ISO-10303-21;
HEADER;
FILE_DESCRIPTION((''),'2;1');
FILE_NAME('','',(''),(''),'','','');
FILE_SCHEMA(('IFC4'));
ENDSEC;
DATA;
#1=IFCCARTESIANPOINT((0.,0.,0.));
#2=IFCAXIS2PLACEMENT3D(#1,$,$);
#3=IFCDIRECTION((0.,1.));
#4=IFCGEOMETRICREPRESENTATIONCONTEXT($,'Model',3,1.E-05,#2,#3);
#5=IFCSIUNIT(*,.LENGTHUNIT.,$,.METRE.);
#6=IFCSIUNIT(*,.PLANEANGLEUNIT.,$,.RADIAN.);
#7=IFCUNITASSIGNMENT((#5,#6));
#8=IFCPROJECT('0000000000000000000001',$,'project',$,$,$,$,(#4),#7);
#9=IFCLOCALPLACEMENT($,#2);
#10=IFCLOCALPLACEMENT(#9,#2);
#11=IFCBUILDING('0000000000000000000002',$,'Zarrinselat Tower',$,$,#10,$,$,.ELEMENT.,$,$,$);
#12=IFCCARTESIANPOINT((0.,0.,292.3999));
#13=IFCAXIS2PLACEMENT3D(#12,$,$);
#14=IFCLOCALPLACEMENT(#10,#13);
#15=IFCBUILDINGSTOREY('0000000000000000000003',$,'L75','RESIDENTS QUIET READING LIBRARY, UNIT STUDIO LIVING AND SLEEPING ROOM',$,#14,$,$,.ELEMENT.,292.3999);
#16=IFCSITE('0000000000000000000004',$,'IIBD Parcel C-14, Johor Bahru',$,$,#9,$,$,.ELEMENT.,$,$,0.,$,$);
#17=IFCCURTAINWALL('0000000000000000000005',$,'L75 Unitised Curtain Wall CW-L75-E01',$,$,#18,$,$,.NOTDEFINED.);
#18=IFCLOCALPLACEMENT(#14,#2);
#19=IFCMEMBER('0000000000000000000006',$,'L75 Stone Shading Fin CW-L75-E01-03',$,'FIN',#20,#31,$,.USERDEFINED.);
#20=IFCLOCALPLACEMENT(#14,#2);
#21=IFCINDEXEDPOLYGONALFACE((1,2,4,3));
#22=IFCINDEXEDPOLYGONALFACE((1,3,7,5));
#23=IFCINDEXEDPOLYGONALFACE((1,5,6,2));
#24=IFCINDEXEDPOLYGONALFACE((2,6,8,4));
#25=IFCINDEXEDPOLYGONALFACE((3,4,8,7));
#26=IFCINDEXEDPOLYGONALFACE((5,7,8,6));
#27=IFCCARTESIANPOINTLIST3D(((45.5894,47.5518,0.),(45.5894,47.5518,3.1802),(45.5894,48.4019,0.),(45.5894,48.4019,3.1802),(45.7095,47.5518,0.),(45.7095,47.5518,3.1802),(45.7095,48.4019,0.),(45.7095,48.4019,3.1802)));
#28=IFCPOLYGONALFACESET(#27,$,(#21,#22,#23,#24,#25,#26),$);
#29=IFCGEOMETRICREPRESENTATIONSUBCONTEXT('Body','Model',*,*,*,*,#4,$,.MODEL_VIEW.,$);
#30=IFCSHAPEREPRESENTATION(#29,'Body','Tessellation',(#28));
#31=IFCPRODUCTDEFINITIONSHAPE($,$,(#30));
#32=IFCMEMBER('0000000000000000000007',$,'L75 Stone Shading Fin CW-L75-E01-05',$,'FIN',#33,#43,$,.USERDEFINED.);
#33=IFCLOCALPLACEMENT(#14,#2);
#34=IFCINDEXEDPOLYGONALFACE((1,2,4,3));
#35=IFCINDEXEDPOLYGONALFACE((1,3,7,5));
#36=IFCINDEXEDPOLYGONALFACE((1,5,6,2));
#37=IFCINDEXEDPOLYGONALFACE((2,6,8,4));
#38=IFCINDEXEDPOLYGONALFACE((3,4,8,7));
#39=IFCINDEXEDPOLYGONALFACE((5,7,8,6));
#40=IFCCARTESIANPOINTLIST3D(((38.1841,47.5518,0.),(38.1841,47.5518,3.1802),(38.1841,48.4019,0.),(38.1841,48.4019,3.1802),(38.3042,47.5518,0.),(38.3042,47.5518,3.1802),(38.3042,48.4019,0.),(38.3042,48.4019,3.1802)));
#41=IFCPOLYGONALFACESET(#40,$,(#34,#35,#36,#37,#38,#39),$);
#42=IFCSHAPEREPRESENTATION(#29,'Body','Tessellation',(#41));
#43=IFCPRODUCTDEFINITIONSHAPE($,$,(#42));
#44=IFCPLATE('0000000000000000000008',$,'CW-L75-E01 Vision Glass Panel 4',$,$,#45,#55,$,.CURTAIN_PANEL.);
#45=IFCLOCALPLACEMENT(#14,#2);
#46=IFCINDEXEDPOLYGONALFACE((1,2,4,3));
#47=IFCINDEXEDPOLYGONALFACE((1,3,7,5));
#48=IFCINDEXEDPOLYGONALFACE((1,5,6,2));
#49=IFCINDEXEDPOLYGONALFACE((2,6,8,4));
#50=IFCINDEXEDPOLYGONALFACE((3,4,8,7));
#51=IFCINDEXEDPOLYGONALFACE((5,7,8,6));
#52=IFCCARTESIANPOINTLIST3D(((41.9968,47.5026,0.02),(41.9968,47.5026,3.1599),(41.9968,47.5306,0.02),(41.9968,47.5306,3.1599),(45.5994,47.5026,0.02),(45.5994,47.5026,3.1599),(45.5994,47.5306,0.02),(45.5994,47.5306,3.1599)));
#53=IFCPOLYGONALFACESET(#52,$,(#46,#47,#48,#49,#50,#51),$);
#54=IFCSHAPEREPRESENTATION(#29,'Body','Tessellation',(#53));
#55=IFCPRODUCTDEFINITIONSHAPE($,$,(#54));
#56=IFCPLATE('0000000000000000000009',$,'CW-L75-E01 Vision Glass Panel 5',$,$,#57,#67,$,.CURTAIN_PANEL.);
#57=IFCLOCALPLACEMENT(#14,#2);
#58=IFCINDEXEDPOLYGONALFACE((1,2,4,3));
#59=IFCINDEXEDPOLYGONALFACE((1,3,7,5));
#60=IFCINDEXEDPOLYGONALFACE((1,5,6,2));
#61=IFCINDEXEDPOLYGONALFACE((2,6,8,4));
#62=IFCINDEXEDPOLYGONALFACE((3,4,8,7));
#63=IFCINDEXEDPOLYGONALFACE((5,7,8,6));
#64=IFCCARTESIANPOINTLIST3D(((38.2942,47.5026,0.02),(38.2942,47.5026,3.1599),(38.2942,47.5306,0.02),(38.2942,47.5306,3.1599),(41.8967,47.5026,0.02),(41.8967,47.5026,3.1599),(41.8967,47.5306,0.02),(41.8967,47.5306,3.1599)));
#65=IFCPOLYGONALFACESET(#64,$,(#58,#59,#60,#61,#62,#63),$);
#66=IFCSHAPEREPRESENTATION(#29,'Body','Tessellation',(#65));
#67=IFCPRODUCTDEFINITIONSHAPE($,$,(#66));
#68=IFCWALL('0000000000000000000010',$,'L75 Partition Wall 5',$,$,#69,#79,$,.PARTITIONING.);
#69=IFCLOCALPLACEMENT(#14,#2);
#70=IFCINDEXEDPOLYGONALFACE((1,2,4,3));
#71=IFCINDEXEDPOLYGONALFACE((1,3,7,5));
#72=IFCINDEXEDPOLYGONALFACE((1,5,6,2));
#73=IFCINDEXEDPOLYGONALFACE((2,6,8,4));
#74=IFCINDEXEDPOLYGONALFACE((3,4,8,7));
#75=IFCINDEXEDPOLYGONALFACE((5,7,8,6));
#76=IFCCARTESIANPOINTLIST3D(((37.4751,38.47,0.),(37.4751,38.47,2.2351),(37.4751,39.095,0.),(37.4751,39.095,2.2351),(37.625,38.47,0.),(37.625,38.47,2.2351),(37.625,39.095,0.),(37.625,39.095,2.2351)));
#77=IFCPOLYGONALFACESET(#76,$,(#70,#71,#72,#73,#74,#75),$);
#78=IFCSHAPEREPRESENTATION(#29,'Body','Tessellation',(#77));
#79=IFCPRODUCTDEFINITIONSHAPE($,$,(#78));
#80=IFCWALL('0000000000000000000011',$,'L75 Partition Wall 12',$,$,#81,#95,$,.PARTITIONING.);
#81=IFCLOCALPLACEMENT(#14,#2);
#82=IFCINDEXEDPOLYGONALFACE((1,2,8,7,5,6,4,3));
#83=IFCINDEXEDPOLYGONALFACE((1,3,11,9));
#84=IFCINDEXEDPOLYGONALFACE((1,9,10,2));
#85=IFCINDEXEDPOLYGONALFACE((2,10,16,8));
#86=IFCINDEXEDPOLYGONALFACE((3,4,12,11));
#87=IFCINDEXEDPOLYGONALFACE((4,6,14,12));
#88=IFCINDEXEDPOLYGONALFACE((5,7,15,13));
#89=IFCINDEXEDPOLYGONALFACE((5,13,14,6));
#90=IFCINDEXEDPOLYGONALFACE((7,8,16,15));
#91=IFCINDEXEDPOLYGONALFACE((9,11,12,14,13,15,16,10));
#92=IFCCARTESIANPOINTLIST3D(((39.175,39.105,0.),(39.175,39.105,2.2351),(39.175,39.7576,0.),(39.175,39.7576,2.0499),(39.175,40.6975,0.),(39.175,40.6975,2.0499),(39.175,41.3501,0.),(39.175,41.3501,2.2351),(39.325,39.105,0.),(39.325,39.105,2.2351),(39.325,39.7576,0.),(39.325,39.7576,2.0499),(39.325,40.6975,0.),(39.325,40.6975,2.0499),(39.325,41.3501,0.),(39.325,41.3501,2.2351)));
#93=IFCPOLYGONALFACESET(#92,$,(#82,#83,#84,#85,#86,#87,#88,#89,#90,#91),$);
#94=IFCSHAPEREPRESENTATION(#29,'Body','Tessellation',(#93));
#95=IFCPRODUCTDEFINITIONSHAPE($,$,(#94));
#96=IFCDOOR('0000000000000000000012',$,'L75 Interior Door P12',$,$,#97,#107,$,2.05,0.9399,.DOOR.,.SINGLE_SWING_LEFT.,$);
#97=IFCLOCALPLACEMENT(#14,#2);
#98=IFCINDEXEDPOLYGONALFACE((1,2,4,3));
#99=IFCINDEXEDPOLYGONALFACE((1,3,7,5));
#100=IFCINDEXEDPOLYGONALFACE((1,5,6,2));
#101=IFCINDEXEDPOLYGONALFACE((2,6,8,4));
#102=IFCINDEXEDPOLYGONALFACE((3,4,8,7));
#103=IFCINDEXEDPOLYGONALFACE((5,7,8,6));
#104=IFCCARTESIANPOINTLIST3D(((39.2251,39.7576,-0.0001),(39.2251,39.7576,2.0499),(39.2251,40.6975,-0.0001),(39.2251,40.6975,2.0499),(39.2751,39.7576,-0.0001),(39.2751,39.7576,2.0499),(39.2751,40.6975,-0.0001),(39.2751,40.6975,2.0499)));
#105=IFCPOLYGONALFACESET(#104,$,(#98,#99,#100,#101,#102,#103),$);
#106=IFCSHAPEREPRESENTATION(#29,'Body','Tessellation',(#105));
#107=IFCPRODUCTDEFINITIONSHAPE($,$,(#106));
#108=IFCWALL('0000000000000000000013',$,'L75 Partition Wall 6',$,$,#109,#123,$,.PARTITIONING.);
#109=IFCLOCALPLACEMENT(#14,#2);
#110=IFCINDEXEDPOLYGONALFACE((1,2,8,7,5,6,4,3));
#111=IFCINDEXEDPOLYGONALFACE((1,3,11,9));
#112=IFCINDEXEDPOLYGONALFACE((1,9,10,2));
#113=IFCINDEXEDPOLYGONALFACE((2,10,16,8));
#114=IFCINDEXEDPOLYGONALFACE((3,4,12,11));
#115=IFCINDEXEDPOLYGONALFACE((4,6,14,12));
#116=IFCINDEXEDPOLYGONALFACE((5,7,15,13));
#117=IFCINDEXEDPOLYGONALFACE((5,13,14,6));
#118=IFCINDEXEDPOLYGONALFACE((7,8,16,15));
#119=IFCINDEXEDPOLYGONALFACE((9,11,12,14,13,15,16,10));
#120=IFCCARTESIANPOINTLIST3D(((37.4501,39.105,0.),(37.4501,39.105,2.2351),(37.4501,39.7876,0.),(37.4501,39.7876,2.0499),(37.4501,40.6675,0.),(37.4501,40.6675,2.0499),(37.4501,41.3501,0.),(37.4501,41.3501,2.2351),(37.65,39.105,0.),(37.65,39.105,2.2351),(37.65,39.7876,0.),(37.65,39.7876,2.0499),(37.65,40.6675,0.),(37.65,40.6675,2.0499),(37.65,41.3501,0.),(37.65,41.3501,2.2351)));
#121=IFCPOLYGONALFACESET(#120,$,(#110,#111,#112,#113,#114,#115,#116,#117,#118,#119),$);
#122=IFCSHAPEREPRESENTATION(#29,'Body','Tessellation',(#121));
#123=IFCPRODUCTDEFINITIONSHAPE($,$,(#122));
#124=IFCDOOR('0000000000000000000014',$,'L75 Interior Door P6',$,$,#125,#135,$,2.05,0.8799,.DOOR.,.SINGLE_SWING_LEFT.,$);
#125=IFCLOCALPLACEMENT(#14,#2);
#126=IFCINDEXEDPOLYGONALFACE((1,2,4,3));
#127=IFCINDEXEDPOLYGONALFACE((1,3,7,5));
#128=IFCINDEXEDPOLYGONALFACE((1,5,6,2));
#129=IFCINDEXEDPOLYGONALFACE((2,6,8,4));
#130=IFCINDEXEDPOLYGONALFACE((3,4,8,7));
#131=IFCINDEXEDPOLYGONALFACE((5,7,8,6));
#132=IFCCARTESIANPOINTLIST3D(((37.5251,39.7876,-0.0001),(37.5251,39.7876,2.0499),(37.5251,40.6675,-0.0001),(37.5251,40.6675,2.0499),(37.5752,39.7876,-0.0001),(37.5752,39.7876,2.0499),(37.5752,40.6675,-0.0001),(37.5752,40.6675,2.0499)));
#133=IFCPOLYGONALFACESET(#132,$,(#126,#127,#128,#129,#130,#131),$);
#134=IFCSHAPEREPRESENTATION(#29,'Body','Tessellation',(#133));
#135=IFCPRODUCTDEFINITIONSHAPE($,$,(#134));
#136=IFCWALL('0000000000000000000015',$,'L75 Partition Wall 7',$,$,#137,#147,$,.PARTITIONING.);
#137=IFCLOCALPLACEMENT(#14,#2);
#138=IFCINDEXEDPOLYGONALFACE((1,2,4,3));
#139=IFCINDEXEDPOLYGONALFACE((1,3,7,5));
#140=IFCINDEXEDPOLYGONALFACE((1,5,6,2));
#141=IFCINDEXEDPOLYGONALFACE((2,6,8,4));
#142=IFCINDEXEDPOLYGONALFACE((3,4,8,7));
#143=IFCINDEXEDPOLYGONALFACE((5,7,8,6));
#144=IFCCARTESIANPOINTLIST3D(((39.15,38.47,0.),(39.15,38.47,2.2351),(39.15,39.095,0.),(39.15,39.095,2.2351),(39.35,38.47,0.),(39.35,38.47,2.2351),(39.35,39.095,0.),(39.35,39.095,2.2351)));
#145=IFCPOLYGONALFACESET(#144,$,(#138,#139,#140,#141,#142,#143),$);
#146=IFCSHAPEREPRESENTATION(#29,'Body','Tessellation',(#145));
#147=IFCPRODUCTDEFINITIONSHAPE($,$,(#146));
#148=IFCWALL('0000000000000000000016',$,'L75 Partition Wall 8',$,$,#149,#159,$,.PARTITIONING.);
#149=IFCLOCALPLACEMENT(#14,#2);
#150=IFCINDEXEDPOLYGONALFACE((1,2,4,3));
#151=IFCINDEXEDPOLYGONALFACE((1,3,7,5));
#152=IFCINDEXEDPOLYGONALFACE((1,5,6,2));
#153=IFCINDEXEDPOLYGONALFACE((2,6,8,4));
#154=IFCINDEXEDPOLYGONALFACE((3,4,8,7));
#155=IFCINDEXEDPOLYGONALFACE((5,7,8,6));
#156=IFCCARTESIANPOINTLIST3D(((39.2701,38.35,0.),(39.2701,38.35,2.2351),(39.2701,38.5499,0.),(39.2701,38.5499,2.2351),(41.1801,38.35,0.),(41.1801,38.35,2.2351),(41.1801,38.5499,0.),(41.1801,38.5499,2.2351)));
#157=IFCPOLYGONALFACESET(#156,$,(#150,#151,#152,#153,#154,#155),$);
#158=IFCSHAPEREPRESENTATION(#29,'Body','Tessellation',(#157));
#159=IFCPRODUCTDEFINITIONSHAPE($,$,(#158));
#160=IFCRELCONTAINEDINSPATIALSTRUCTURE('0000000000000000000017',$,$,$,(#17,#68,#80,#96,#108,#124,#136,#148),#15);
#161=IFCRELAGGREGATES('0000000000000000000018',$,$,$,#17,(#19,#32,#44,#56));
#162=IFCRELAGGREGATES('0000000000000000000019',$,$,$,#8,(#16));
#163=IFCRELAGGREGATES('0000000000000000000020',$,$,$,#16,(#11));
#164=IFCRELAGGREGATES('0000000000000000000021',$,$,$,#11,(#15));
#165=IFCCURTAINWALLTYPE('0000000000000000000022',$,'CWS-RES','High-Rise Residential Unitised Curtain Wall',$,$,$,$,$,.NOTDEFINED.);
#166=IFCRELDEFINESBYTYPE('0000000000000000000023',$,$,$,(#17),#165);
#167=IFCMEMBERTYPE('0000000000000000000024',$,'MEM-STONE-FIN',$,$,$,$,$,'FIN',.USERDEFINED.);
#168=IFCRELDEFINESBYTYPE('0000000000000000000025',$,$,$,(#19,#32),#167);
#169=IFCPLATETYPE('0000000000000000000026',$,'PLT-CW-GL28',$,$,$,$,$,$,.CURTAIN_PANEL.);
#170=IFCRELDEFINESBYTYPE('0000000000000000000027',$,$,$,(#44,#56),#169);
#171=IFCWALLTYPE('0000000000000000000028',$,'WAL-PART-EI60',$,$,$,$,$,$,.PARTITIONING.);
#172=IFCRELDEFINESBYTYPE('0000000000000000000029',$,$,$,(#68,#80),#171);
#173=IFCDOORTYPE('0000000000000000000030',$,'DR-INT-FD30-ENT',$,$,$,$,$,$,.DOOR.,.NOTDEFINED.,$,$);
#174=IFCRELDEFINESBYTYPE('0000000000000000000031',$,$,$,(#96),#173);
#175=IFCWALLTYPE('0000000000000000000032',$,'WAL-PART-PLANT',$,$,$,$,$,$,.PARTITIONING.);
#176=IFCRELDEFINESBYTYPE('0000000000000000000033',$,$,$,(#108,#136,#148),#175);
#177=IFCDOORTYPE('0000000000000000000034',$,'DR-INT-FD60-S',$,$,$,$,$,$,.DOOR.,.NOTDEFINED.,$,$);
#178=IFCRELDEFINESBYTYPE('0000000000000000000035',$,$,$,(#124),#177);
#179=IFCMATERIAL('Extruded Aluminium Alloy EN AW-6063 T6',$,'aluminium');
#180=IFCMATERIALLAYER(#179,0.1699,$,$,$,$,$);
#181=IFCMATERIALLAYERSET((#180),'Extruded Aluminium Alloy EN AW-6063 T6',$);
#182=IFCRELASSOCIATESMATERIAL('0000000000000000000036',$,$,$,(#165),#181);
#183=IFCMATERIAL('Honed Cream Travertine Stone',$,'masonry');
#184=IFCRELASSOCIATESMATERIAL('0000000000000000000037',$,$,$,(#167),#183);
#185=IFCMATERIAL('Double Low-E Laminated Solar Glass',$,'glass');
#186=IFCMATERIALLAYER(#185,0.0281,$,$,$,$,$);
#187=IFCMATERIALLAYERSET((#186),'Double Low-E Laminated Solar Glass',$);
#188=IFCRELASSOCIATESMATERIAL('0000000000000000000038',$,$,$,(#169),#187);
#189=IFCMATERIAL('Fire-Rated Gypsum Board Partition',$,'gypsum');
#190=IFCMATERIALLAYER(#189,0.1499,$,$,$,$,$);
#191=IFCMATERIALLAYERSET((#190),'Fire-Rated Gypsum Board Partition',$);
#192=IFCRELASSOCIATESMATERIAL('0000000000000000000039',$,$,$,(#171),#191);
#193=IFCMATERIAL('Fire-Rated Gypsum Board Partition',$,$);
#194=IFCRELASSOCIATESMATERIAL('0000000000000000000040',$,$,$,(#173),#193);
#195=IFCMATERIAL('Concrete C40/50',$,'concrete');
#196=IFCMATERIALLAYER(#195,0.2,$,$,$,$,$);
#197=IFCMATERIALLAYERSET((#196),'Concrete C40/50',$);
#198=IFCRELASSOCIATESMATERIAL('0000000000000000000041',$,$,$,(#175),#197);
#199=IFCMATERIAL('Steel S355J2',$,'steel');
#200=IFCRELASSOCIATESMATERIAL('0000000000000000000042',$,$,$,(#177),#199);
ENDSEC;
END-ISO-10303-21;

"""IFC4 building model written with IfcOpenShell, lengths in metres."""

from ifc_helpers import new_model, si_unit, direction, frame, frame_2d, origin, origin_2d, place, context, subcontext, project, spatial, rectangle, extrude, material, layer, layer_set, material_profile, profile_set, type_object, element, fill, aggregate, save


model = new_model("IFC4")

# Units and contexts
model_context = context("Model", 3, precision=1e-05, world=origin(), true_north=direction((0.0, 1.0)))
body_context = subcontext(model_context, "Body", "Model", "MODEL_VIEW")
ifc_project = project(units=[si_unit("LENGTHUNIT", "METRE"), si_unit("PLANEANGLEUNIT", "RADIAN")], contexts=[model_context])

# Site, building, storey
site_placement = place(None, origin())
site = spatial("IfcSite", under=ifc_project, at=site_placement, Name="IIBD Parcel C-14, Johor Bahru", CompositionType="ELEMENT", RefElevation=0.0)
building_placement = place(site_placement, origin())
building = spatial("IfcBuilding", under=site, at=building_placement, Name="Zarrinselat Tower", CompositionType="ELEMENT")
storey_placement = place(building_placement, frame((0.0, 0.0, 292.3999)))
storey = spatial("IfcBuildingStorey", under=building, at=storey_placement, Name="L75", Description="RESIDENTS QUIET READING LIBRARY, UNIT STUDIO LIVING AND SLEEPING ROOM", CompositionType="ELEMENT", Elevation=292.3999)

# Curtain wall, members, plates
ifc_material_1 = material(Name="Extruded Aluminium Alloy EN AW-6063 T6", Category="aluminium")
ifc_layer_1 = layer(ifc_material_1, 0.1699)
ifc_layer_set_1 = layer_set([ifc_layer_1], Name="Extruded Aluminium Alloy EN AW-6063 T6")
curtain_wall_type = type_object("IfcCurtainWallType", Name="CWS-RES", Description="High-Rise Residential Unitised Curtain Wall", PredefinedType="NOTDEFINED", material=ifc_layer_set_1)
curtain_wall_placement = place(storey_placement, origin())
curtain_wall = element("IfcCurtainWall", 1, at=curtain_wall_placement, inside=storey, type_object=curtain_wall_type, Name="L75 Unitised Curtain Wall CW-L75-E01", PredefinedType="NOTDEFINED")
ifc_material_2 = material(Name="Honed Cream Travertine Stone", Category="masonry")
ifc_material_profile_1 = material_profile(ifc_material_2, rectangle(XDim=0.1201, YDim=0.8501, at=origin_2d()), Name="FIN 850x120")
ifc_profile_set_1 = profile_set([ifc_material_profile_1], Name="Honed Cream Travertine Stone")
member_type_1 = type_object("IfcMemberType", Name="MEM-STONE-FIN", ElementType="FIN", PredefinedType="USERDEFINED", material=ifc_profile_set_1)
member_1_placement = place(storey_placement, frame((45.6494, 47.9768, 0.0), z_axis=(0.0, 0.0, 1.0), x_axis=(1.0, 0.0, 0.0)))
member_1 = element("IfcMember", 2, at=member_1_placement, type_object=member_type_1, Name="L75 Stone Shading Fin CW-L75-E01-03", ObjectType="FIN", PredefinedType="USERDEFINED", context=body_context, shape_type="SweptSolid", body=[
    extrude(rectangle(XDim=0.1201, YDim=0.8501, at=origin_2d()), origin(), (0.0, 0.0, 1.0), 3.1802),
])
member_2_placement = place(storey_placement, frame((38.2441, 47.9768, 0.0), z_axis=(0.0, 0.0, 1.0), x_axis=(1.0, 0.0, 0.0)))
member_2 = element("IfcMember", 3, at=member_2_placement, type_object=member_type_1, Name="L75 Stone Shading Fin CW-L75-E01-05", ObjectType="FIN", PredefinedType="USERDEFINED", context=body_context, shape_type="SweptSolid", body=[
    extrude(rectangle(XDim=0.1201, YDim=0.8501, at=origin_2d()), origin(), (0.0, 0.0, 1.0), 3.1802),
])
ifc_material_3 = material(Name="Double Low-E Laminated Solar Glass", Category="glass")
ifc_layer_2 = layer(ifc_material_3, 0.0281)
ifc_layer_set_2 = layer_set([ifc_layer_2], Name="Double Low-E Laminated Solar Glass")
plate_type = type_object("IfcPlateType", Name="PLT-CW-GL28", PredefinedType="CURTAIN_PANEL", material=ifc_layer_set_2)
plate_1_placement = place(storey_placement, frame((43.7981, 47.5166, 0.02), z_axis=(0.0, 0.0, 1.0), x_axis=(-1.0, 0.0, 0.0)))
plate_1 = element("IfcPlate", 4, at=plate_1_placement, type_object=plate_type, Name="CW-L75-E01 Vision Glass Panel 4", PredefinedType="CURTAIN_PANEL", context=body_context, shape_type="SweptSolid", body=[
    extrude(rectangle(XDim=3.6025, YDim=0.0281, at=origin_2d()), origin(), (0.0, 0.0, 1.0), 3.1399),
])
plate_2_placement = place(storey_placement, frame((40.0955, 47.5166, 0.02), z_axis=(0.0, 0.0, 1.0), x_axis=(-1.0, 0.0, 0.0)))
plate_2 = element("IfcPlate", 5, at=plate_2_placement, type_object=plate_type, Name="CW-L75-E01 Vision Glass Panel 5", PredefinedType="CURTAIN_PANEL", context=body_context, shape_type="SweptSolid", body=[
    extrude(rectangle(XDim=3.6025, YDim=0.0281, at=origin_2d()), origin(), (0.0, 0.0, 1.0), 3.1399),
])
aggregate(curtain_wall, [member_1, member_2, plate_1, plate_2])

# Wall
ifc_material_4 = material(Name="Fire-Rated Gypsum Board Partition", Category="gypsum")
ifc_layer_3 = layer(ifc_material_4, 0.1499)
ifc_layer_set_3 = layer_set([ifc_layer_3], Name="Fire-Rated Gypsum Board Partition")
wall_type_1 = type_object("IfcWallType", Name="WAL-PART-EI60", PredefinedType="PARTITIONING", material=ifc_layer_set_3)
wall_1_placement = place(storey_placement, frame((37.55, 38.47, 0.0), z_axis=(0.0, 0.0, 1.0), x_axis=(0.0, 1.0, 0.0)))
element("IfcWall", 6, at=wall_1_placement, inside=storey, type_object=wall_type_1, Name="L75 Partition Wall 5", PredefinedType="PARTITIONING", context=body_context, shape_type="SweptSolid", body=[
    extrude(rectangle(XDim=0.625, YDim=0.1499, at=frame_2d((0.3125, 0.0))), origin(), (0.0, 0.0, 1.0), 2.2351),
])

# Walls, openings, doors
wall_2_placement = place(storey_placement, frame((39.25, 39.105, 0.0), z_axis=(0.0, 0.0, 1.0), x_axis=(0.0, 1.0, 0.0)))
wall_2 = element("IfcWall", 7, at=wall_2_placement, inside=storey, type_object=wall_type_1, Name="L75 Partition Wall 12", PredefinedType="PARTITIONING", context=body_context, shape_type="SweptSolid", body=[
    extrude(rectangle(XDim=2.2451, YDim=0.1499, at=frame_2d((1.1226, 0.0))), origin(), (0.0, 0.0, 1.0), 2.2351),
])
opening_1_placement = place(wall_2_placement, frame((0.6526, 0.0, 0.0)))
opening_1 = element("IfcOpeningElement", 8, at=opening_1_placement, cuts=wall_2, PredefinedType="OPENING", context=body_context, shape_type="SweptSolid", body=[
    extrude(rectangle(XDim=0.9399, YDim=2.05, at=frame_2d((0.47, 1.0249))), frame((0.0, 0.085, 0.0), z_axis=(0.0, -1.0, 0.0), x_axis=(1.0, 0.0, 0.0)), (0.0, 0.0, 1.0), 0.1699),
])
ifc_material_5 = material(Name="Fire-Rated Gypsum Board Partition")
door_type_1 = type_object("IfcDoorType", Name="DR-INT-FD30-ENT", OperationType="NOTDEFINED", PredefinedType="DOOR", material=ifc_material_5)
door_1_placement = place(opening_1_placement, origin())
door_1 = element("IfcDoor", 9, at=door_1_placement, inside=storey, type_object=door_type_1, Name="L75 Interior Door P12", OperationType="SINGLE_SWING_LEFT", OverallHeight=2.05, OverallWidth=0.9399, PredefinedType="DOOR", context=body_context, shape_type="SweptSolid", body=[
    extrude(rectangle(XDim=0.9399, YDim=2.05, at=frame_2d((0.47, 1.0249))), frame((0.0, 0.0249, 0.0), z_axis=(0.0, -1.0, 0.0), x_axis=(1.0, 0.0, 0.0)), (0.0, 0.0, 1.0), 0.05),
])
fill(opening_1, door_1)
ifc_material_6 = material(Name="Concrete C40/50", Category="concrete")
ifc_layer_4 = layer(ifc_material_6, 0.2)
ifc_layer_set_4 = layer_set([ifc_layer_4], Name="Concrete C40/50")
wall_type_2 = type_object("IfcWallType", Name="WAL-PART-PLANT", PredefinedType="PARTITIONING", material=ifc_layer_set_4)
wall_3_placement = place(storey_placement, frame((37.55, 39.105, 0.0), z_axis=(0.0, 0.0, 1.0), x_axis=(0.0, 1.0, 0.0)))
wall_3 = element("IfcWall", 10, at=wall_3_placement, inside=storey, type_object=wall_type_2, Name="L75 Partition Wall 6", PredefinedType="PARTITIONING", context=body_context, shape_type="SweptSolid", body=[
    extrude(rectangle(XDim=2.2451, YDim=0.2, at=frame_2d((1.1226, 0.0))), origin(), (0.0, 0.0, 1.0), 2.2351),
])
opening_2_placement = place(wall_3_placement, frame((0.6826, 0.0, 0.0)))
opening_2 = element("IfcOpeningElement", 11, at=opening_2_placement, cuts=wall_3, PredefinedType="OPENING", context=body_context, shape_type="SweptSolid", body=[
    extrude(rectangle(XDim=0.8799, YDim=2.05, at=frame_2d((0.4399, 1.0249))), frame((0.0, 0.1099, 0.0), z_axis=(0.0, -1.0, 0.0), x_axis=(1.0, 0.0, 0.0)), (0.0, 0.0, 1.0), 0.22),
])
ifc_material_7 = material(Name="Steel S355J2", Category="steel")
door_type_2 = type_object("IfcDoorType", Name="DR-INT-FD60-S", OperationType="NOTDEFINED", PredefinedType="DOOR", material=ifc_material_7)
door_2_placement = place(opening_2_placement, origin())
door_2 = element("IfcDoor", 12, at=door_2_placement, inside=storey, type_object=door_type_2, Name="L75 Interior Door P6", OperationType="SINGLE_SWING_LEFT", OverallHeight=2.05, OverallWidth=0.8799, PredefinedType="DOOR", context=body_context, shape_type="SweptSolid", body=[
    extrude(rectangle(XDim=0.8799, YDim=2.05, at=frame_2d((0.4399, 1.0249))), frame((0.0, 0.0249, 0.0), z_axis=(0.0, -1.0, 0.0), x_axis=(1.0, 0.0, 0.0)), (0.0, 0.0, 1.0), 0.05),
])
fill(opening_2, door_2)

# Walls
wall_4_placement = place(storey_placement, frame((39.25, 38.47, 0.0), z_axis=(0.0, 0.0, 1.0), x_axis=(0.0, 1.0, 0.0)))
element("IfcWall", 13, at=wall_4_placement, inside=storey, type_object=wall_type_2, Name="L75 Partition Wall 7", PredefinedType="PARTITIONING", context=body_context, shape_type="SweptSolid", body=[
    extrude(rectangle(XDim=0.625, YDim=0.2, at=frame_2d((0.3125, 0.0))), origin(), (0.0, 0.0, 1.0), 2.2351),
])
wall_5_placement = place(storey_placement, frame((39.27, 38.45, 0.0), z_axis=(0.0, 0.0, 1.0), x_axis=(1.0, 0.0, 0.0)))
element("IfcWall", 14, at=wall_5_placement, inside=storey, type_object=wall_type_2, Name="L75 Partition Wall 8", PredefinedType="PARTITIONING", context=body_context, shape_type="SweptSolid", body=[
    extrude(rectangle(XDim=1.9099, YDim=0.2, at=frame_2d((0.9551, 0.0))), origin(), (0.0, 0.0, 1.0), 2.2351),
])

save(model, "model.ifc")
